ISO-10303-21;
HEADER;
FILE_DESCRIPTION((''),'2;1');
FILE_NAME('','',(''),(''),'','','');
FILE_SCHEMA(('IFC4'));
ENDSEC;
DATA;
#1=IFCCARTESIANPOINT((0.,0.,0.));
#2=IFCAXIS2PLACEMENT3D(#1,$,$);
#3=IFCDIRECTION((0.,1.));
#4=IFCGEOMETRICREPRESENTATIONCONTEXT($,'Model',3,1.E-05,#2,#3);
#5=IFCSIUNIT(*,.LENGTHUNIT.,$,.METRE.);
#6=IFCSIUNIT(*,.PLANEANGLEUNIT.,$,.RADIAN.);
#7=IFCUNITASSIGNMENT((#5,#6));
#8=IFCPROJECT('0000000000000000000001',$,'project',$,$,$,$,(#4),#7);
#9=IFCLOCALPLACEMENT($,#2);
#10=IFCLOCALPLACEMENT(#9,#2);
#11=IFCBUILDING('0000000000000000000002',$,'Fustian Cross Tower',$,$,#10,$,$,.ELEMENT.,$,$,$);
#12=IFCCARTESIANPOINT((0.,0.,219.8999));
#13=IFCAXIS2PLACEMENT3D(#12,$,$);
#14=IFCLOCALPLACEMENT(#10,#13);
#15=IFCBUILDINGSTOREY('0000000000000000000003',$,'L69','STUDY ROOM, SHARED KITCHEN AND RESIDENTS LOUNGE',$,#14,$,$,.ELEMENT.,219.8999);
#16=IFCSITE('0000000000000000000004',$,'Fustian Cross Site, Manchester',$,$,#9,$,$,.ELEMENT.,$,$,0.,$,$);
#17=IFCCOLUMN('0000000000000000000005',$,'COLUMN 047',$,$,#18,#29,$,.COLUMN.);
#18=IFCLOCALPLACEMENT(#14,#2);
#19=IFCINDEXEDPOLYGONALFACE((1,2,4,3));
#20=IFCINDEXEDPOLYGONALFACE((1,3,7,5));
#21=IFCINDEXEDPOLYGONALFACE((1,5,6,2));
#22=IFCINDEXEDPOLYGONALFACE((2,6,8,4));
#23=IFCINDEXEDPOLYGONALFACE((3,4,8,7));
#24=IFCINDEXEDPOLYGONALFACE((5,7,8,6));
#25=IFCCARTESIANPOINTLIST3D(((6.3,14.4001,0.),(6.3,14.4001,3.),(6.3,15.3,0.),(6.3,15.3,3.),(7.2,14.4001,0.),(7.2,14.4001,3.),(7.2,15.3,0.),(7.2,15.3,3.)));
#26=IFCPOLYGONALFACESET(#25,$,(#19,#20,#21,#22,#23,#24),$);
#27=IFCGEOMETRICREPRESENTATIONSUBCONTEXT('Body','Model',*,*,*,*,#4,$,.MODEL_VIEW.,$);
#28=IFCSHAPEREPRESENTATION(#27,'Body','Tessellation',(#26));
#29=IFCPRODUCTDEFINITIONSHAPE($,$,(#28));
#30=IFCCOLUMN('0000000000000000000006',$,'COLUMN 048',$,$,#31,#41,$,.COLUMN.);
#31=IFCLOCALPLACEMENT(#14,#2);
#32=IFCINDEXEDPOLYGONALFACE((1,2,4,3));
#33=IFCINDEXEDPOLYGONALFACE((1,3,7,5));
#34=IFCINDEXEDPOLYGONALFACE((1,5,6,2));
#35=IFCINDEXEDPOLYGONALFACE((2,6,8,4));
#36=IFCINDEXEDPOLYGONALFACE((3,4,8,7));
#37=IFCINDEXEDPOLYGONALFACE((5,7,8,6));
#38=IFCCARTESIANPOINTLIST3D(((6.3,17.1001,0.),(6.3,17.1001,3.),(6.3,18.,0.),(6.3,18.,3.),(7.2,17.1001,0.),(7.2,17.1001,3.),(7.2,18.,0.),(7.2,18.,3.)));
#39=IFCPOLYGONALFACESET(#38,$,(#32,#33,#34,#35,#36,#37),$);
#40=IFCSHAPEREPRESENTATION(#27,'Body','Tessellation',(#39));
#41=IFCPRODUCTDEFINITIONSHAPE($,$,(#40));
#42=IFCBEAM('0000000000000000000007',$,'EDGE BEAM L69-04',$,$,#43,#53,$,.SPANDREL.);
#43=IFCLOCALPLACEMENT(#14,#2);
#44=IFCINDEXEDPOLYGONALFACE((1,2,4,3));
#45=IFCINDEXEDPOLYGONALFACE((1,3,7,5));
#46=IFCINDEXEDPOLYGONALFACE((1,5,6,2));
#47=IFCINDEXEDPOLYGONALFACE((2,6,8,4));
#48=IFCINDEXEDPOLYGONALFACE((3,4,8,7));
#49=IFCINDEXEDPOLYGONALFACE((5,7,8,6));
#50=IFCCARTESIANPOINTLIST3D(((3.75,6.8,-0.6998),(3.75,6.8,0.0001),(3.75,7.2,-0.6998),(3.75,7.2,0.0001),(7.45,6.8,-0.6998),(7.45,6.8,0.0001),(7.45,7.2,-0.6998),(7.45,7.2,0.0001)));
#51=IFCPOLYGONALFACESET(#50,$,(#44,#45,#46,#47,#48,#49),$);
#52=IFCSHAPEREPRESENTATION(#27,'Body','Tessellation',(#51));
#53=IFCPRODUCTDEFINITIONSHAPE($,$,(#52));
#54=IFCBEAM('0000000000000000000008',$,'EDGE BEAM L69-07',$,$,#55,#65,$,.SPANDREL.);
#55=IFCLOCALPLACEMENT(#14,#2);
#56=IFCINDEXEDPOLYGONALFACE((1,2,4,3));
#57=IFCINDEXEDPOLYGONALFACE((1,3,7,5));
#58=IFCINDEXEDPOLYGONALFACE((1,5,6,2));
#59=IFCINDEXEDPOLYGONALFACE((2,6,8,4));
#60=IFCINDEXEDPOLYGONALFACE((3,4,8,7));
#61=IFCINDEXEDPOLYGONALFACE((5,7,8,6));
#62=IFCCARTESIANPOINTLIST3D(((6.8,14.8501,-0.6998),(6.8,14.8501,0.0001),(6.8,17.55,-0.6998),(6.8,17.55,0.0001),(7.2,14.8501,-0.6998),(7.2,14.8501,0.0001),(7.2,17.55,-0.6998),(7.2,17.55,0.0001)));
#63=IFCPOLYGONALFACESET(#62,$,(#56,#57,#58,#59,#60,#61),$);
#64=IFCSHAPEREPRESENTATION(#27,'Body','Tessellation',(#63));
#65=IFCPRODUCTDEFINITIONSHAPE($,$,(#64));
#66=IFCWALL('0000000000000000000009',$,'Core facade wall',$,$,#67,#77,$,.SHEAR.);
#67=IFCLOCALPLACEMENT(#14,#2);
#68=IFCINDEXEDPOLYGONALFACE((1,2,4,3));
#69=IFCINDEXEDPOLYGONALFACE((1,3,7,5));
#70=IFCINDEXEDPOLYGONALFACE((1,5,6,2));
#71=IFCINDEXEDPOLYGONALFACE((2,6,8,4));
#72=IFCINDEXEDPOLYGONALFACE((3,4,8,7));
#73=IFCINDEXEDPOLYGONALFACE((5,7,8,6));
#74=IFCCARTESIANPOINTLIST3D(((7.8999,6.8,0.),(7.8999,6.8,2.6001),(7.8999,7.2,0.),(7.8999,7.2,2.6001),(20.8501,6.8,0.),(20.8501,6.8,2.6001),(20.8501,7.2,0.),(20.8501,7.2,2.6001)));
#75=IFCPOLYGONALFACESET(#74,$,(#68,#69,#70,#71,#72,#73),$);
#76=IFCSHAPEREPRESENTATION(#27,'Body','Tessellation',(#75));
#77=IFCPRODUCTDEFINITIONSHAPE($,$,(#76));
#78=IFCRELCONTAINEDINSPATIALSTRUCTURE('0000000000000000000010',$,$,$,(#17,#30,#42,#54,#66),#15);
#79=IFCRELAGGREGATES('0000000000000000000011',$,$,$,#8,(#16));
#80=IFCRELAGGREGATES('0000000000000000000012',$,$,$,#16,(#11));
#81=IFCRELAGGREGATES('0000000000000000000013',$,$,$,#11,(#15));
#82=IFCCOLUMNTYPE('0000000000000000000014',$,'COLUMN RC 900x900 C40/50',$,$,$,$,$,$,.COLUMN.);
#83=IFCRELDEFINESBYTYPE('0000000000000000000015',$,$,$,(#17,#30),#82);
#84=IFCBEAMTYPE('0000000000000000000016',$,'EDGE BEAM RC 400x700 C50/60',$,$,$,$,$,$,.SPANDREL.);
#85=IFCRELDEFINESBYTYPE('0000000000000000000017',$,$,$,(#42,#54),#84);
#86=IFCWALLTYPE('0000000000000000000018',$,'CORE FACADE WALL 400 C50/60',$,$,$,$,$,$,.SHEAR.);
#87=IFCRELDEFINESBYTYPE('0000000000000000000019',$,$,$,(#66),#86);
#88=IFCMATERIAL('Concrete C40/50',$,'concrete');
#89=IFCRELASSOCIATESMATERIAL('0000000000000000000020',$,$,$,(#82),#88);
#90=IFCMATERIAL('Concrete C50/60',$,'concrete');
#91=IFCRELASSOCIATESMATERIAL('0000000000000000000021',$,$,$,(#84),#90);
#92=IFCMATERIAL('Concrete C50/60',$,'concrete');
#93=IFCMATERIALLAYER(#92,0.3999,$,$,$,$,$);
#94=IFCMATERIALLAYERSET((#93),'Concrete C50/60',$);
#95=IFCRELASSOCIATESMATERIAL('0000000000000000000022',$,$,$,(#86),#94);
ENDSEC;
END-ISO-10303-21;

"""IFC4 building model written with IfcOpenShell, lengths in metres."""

from ifc_helpers import new_model, si_unit, direction, frame, frame_2d, origin, origin_2d, place, context, subcontext, project, spatial, rectangle, extrude, material, layer, layer_set, material_profile, profile_set, type_object, element, save


model = new_model("IFC4")

# Units and contexts
model_context = context("Model", 3, precision=1e-05, world=origin(), true_north=direction((0.0, 1.0)))
body_context = subcontext(model_context, "Body", "Model", "MODEL_VIEW")
ifc_project = project(units=[si_unit("LENGTHUNIT", "METRE"), si_unit("PLANEANGLEUNIT", "RADIAN")], contexts=[model_context])

# Site, building, storey
site_placement = place(None, origin())
site = spatial("IfcSite", under=ifc_project, at=site_placement, Name="Fustian Cross Site, Manchester", CompositionType="ELEMENT", RefElevation=0.0)
building_placement = place(site_placement, origin())
building = spatial("IfcBuilding", under=site, at=building_placement, Name="Fustian Cross Tower", CompositionType="ELEMENT")
storey_placement = place(building_placement, frame((0.0, 0.0, 219.8999)))
storey = spatial("IfcBuildingStorey", under=building, at=storey_placement, Name="L69", Description="STUDY ROOM, SHARED KITCHEN AND RESIDENTS LOUNGE", CompositionType="ELEMENT", Elevation=219.8999)

# Columns
ifc_material_1 = material(Name="Concrete C40/50", Category="concrete")
ifc_material_profile_1 = material_profile(ifc_material_1, rectangle(XDim=0.8999, YDim=0.8999, at=origin_2d()), Name="RC 900x900")
ifc_profile_set_1 = profile_set([ifc_material_profile_1], Name="Concrete C40/50")
column_type = type_object("IfcColumnType", Name="COLUMN RC 900x900 C40/50", PredefinedType="COLUMN", material=ifc_profile_set_1)
for number, where, z_axis, x_axis, name in (
    (1, (6.75, 14.8501, 0.0), (0.0, 0.0, 1.0), (1.0, 0.0, 0.0), "COLUMN 047"),
    (2, (6.75, 17.55, 0.0), (0.0, 0.0, 1.0), (1.0, 0.0, 0.0), "COLUMN 048"),
):
    element("IfcColumn", number, at=place(storey_placement, frame(where, z_axis=z_axis, x_axis=x_axis)), inside=storey, type_object=column_type, Name=name, PredefinedType="COLUMN", context=body_context, shape_type="SweptSolid", body=[
        extrude(rectangle(XDim=0.8999, YDim=0.8999, at=origin_2d()), origin(), (0.0, 0.0, 1.0), 3.0),
    ])

# Beams
ifc_material_2 = material(Name="Concrete C50/60", Category="concrete")
ifc_material_profile_2 = material_profile(ifc_material_2, rectangle(XDim=0.3999, YDim=0.7, at=origin_2d()), Name="RC 400x700")
ifc_profile_set_2 = profile_set([ifc_material_profile_2], Name="Concrete C50/60")
beam_type = type_object("IfcBeamType", Name="EDGE BEAM RC 400x700 C50/60", PredefinedType="SPANDREL", material=ifc_profile_set_2)
beam_1_placement = place(storey_placement, frame((7.45, 7.0, -0.3499), z_axis=(-1.0, 0.0, 0.0), x_axis=(0.0, -1.0, 0.0)))
element("IfcBeam", 3, at=beam_1_placement, inside=storey, type_object=beam_type, Name="EDGE BEAM L69-04", PredefinedType="SPANDREL", context=body_context, shape_type="SweptSolid", body=[
    extrude(rectangle(XDim=0.3999, YDim=0.7, at=origin_2d()), origin(), (0.0, 0.0, 1.0), 3.7),
])
beam_2_placement = place(storey_placement, frame((7.0, 14.8501, -0.3499), z_axis=(0.0, 1.0, 0.0), x_axis=(-1.0, 0.0, 0.0)))
element("IfcBeam", 4, at=beam_2_placement, inside=storey, type_object=beam_type, Name="EDGE BEAM L69-07", PredefinedType="SPANDREL", context=body_context, shape_type="SweptSolid", body=[
    extrude(rectangle(XDim=0.3999, YDim=0.7, at=origin_2d()), origin(), (0.0, 0.0, 1.0), 2.7),
])

# Wall
ifc_material_3 = material(Name="Concrete C50/60", Category="concrete")
ifc_layer_1 = layer(ifc_material_3, 0.3999)
ifc_layer_set_1 = layer_set([ifc_layer_1], Name="Concrete C50/60")
wall_type_1 = type_object("IfcWallType", Name="CORE FACADE WALL 400 C50/60", PredefinedType="SHEAR", material=ifc_layer_set_1)
wall_1_placement = place(storey_placement, frame((7.8999, 7.0, 0.0), z_axis=(0.0, 0.0, 1.0), x_axis=(1.0, 0.0, 0.0)))
element("IfcWall", 5, at=wall_1_placement, inside=storey, type_object=wall_type_1, Name="Core facade wall", PredefinedType="SHEAR", context=body_context, shape_type="SweptSolid", body=[
    extrude(rectangle(XDim=12.9502, YDim=0.3999, at=frame_2d((6.4751, 0.0))), origin(), (0.0, 0.0, 1.0), 2.6001),
])

save(model, "model.ifc")
